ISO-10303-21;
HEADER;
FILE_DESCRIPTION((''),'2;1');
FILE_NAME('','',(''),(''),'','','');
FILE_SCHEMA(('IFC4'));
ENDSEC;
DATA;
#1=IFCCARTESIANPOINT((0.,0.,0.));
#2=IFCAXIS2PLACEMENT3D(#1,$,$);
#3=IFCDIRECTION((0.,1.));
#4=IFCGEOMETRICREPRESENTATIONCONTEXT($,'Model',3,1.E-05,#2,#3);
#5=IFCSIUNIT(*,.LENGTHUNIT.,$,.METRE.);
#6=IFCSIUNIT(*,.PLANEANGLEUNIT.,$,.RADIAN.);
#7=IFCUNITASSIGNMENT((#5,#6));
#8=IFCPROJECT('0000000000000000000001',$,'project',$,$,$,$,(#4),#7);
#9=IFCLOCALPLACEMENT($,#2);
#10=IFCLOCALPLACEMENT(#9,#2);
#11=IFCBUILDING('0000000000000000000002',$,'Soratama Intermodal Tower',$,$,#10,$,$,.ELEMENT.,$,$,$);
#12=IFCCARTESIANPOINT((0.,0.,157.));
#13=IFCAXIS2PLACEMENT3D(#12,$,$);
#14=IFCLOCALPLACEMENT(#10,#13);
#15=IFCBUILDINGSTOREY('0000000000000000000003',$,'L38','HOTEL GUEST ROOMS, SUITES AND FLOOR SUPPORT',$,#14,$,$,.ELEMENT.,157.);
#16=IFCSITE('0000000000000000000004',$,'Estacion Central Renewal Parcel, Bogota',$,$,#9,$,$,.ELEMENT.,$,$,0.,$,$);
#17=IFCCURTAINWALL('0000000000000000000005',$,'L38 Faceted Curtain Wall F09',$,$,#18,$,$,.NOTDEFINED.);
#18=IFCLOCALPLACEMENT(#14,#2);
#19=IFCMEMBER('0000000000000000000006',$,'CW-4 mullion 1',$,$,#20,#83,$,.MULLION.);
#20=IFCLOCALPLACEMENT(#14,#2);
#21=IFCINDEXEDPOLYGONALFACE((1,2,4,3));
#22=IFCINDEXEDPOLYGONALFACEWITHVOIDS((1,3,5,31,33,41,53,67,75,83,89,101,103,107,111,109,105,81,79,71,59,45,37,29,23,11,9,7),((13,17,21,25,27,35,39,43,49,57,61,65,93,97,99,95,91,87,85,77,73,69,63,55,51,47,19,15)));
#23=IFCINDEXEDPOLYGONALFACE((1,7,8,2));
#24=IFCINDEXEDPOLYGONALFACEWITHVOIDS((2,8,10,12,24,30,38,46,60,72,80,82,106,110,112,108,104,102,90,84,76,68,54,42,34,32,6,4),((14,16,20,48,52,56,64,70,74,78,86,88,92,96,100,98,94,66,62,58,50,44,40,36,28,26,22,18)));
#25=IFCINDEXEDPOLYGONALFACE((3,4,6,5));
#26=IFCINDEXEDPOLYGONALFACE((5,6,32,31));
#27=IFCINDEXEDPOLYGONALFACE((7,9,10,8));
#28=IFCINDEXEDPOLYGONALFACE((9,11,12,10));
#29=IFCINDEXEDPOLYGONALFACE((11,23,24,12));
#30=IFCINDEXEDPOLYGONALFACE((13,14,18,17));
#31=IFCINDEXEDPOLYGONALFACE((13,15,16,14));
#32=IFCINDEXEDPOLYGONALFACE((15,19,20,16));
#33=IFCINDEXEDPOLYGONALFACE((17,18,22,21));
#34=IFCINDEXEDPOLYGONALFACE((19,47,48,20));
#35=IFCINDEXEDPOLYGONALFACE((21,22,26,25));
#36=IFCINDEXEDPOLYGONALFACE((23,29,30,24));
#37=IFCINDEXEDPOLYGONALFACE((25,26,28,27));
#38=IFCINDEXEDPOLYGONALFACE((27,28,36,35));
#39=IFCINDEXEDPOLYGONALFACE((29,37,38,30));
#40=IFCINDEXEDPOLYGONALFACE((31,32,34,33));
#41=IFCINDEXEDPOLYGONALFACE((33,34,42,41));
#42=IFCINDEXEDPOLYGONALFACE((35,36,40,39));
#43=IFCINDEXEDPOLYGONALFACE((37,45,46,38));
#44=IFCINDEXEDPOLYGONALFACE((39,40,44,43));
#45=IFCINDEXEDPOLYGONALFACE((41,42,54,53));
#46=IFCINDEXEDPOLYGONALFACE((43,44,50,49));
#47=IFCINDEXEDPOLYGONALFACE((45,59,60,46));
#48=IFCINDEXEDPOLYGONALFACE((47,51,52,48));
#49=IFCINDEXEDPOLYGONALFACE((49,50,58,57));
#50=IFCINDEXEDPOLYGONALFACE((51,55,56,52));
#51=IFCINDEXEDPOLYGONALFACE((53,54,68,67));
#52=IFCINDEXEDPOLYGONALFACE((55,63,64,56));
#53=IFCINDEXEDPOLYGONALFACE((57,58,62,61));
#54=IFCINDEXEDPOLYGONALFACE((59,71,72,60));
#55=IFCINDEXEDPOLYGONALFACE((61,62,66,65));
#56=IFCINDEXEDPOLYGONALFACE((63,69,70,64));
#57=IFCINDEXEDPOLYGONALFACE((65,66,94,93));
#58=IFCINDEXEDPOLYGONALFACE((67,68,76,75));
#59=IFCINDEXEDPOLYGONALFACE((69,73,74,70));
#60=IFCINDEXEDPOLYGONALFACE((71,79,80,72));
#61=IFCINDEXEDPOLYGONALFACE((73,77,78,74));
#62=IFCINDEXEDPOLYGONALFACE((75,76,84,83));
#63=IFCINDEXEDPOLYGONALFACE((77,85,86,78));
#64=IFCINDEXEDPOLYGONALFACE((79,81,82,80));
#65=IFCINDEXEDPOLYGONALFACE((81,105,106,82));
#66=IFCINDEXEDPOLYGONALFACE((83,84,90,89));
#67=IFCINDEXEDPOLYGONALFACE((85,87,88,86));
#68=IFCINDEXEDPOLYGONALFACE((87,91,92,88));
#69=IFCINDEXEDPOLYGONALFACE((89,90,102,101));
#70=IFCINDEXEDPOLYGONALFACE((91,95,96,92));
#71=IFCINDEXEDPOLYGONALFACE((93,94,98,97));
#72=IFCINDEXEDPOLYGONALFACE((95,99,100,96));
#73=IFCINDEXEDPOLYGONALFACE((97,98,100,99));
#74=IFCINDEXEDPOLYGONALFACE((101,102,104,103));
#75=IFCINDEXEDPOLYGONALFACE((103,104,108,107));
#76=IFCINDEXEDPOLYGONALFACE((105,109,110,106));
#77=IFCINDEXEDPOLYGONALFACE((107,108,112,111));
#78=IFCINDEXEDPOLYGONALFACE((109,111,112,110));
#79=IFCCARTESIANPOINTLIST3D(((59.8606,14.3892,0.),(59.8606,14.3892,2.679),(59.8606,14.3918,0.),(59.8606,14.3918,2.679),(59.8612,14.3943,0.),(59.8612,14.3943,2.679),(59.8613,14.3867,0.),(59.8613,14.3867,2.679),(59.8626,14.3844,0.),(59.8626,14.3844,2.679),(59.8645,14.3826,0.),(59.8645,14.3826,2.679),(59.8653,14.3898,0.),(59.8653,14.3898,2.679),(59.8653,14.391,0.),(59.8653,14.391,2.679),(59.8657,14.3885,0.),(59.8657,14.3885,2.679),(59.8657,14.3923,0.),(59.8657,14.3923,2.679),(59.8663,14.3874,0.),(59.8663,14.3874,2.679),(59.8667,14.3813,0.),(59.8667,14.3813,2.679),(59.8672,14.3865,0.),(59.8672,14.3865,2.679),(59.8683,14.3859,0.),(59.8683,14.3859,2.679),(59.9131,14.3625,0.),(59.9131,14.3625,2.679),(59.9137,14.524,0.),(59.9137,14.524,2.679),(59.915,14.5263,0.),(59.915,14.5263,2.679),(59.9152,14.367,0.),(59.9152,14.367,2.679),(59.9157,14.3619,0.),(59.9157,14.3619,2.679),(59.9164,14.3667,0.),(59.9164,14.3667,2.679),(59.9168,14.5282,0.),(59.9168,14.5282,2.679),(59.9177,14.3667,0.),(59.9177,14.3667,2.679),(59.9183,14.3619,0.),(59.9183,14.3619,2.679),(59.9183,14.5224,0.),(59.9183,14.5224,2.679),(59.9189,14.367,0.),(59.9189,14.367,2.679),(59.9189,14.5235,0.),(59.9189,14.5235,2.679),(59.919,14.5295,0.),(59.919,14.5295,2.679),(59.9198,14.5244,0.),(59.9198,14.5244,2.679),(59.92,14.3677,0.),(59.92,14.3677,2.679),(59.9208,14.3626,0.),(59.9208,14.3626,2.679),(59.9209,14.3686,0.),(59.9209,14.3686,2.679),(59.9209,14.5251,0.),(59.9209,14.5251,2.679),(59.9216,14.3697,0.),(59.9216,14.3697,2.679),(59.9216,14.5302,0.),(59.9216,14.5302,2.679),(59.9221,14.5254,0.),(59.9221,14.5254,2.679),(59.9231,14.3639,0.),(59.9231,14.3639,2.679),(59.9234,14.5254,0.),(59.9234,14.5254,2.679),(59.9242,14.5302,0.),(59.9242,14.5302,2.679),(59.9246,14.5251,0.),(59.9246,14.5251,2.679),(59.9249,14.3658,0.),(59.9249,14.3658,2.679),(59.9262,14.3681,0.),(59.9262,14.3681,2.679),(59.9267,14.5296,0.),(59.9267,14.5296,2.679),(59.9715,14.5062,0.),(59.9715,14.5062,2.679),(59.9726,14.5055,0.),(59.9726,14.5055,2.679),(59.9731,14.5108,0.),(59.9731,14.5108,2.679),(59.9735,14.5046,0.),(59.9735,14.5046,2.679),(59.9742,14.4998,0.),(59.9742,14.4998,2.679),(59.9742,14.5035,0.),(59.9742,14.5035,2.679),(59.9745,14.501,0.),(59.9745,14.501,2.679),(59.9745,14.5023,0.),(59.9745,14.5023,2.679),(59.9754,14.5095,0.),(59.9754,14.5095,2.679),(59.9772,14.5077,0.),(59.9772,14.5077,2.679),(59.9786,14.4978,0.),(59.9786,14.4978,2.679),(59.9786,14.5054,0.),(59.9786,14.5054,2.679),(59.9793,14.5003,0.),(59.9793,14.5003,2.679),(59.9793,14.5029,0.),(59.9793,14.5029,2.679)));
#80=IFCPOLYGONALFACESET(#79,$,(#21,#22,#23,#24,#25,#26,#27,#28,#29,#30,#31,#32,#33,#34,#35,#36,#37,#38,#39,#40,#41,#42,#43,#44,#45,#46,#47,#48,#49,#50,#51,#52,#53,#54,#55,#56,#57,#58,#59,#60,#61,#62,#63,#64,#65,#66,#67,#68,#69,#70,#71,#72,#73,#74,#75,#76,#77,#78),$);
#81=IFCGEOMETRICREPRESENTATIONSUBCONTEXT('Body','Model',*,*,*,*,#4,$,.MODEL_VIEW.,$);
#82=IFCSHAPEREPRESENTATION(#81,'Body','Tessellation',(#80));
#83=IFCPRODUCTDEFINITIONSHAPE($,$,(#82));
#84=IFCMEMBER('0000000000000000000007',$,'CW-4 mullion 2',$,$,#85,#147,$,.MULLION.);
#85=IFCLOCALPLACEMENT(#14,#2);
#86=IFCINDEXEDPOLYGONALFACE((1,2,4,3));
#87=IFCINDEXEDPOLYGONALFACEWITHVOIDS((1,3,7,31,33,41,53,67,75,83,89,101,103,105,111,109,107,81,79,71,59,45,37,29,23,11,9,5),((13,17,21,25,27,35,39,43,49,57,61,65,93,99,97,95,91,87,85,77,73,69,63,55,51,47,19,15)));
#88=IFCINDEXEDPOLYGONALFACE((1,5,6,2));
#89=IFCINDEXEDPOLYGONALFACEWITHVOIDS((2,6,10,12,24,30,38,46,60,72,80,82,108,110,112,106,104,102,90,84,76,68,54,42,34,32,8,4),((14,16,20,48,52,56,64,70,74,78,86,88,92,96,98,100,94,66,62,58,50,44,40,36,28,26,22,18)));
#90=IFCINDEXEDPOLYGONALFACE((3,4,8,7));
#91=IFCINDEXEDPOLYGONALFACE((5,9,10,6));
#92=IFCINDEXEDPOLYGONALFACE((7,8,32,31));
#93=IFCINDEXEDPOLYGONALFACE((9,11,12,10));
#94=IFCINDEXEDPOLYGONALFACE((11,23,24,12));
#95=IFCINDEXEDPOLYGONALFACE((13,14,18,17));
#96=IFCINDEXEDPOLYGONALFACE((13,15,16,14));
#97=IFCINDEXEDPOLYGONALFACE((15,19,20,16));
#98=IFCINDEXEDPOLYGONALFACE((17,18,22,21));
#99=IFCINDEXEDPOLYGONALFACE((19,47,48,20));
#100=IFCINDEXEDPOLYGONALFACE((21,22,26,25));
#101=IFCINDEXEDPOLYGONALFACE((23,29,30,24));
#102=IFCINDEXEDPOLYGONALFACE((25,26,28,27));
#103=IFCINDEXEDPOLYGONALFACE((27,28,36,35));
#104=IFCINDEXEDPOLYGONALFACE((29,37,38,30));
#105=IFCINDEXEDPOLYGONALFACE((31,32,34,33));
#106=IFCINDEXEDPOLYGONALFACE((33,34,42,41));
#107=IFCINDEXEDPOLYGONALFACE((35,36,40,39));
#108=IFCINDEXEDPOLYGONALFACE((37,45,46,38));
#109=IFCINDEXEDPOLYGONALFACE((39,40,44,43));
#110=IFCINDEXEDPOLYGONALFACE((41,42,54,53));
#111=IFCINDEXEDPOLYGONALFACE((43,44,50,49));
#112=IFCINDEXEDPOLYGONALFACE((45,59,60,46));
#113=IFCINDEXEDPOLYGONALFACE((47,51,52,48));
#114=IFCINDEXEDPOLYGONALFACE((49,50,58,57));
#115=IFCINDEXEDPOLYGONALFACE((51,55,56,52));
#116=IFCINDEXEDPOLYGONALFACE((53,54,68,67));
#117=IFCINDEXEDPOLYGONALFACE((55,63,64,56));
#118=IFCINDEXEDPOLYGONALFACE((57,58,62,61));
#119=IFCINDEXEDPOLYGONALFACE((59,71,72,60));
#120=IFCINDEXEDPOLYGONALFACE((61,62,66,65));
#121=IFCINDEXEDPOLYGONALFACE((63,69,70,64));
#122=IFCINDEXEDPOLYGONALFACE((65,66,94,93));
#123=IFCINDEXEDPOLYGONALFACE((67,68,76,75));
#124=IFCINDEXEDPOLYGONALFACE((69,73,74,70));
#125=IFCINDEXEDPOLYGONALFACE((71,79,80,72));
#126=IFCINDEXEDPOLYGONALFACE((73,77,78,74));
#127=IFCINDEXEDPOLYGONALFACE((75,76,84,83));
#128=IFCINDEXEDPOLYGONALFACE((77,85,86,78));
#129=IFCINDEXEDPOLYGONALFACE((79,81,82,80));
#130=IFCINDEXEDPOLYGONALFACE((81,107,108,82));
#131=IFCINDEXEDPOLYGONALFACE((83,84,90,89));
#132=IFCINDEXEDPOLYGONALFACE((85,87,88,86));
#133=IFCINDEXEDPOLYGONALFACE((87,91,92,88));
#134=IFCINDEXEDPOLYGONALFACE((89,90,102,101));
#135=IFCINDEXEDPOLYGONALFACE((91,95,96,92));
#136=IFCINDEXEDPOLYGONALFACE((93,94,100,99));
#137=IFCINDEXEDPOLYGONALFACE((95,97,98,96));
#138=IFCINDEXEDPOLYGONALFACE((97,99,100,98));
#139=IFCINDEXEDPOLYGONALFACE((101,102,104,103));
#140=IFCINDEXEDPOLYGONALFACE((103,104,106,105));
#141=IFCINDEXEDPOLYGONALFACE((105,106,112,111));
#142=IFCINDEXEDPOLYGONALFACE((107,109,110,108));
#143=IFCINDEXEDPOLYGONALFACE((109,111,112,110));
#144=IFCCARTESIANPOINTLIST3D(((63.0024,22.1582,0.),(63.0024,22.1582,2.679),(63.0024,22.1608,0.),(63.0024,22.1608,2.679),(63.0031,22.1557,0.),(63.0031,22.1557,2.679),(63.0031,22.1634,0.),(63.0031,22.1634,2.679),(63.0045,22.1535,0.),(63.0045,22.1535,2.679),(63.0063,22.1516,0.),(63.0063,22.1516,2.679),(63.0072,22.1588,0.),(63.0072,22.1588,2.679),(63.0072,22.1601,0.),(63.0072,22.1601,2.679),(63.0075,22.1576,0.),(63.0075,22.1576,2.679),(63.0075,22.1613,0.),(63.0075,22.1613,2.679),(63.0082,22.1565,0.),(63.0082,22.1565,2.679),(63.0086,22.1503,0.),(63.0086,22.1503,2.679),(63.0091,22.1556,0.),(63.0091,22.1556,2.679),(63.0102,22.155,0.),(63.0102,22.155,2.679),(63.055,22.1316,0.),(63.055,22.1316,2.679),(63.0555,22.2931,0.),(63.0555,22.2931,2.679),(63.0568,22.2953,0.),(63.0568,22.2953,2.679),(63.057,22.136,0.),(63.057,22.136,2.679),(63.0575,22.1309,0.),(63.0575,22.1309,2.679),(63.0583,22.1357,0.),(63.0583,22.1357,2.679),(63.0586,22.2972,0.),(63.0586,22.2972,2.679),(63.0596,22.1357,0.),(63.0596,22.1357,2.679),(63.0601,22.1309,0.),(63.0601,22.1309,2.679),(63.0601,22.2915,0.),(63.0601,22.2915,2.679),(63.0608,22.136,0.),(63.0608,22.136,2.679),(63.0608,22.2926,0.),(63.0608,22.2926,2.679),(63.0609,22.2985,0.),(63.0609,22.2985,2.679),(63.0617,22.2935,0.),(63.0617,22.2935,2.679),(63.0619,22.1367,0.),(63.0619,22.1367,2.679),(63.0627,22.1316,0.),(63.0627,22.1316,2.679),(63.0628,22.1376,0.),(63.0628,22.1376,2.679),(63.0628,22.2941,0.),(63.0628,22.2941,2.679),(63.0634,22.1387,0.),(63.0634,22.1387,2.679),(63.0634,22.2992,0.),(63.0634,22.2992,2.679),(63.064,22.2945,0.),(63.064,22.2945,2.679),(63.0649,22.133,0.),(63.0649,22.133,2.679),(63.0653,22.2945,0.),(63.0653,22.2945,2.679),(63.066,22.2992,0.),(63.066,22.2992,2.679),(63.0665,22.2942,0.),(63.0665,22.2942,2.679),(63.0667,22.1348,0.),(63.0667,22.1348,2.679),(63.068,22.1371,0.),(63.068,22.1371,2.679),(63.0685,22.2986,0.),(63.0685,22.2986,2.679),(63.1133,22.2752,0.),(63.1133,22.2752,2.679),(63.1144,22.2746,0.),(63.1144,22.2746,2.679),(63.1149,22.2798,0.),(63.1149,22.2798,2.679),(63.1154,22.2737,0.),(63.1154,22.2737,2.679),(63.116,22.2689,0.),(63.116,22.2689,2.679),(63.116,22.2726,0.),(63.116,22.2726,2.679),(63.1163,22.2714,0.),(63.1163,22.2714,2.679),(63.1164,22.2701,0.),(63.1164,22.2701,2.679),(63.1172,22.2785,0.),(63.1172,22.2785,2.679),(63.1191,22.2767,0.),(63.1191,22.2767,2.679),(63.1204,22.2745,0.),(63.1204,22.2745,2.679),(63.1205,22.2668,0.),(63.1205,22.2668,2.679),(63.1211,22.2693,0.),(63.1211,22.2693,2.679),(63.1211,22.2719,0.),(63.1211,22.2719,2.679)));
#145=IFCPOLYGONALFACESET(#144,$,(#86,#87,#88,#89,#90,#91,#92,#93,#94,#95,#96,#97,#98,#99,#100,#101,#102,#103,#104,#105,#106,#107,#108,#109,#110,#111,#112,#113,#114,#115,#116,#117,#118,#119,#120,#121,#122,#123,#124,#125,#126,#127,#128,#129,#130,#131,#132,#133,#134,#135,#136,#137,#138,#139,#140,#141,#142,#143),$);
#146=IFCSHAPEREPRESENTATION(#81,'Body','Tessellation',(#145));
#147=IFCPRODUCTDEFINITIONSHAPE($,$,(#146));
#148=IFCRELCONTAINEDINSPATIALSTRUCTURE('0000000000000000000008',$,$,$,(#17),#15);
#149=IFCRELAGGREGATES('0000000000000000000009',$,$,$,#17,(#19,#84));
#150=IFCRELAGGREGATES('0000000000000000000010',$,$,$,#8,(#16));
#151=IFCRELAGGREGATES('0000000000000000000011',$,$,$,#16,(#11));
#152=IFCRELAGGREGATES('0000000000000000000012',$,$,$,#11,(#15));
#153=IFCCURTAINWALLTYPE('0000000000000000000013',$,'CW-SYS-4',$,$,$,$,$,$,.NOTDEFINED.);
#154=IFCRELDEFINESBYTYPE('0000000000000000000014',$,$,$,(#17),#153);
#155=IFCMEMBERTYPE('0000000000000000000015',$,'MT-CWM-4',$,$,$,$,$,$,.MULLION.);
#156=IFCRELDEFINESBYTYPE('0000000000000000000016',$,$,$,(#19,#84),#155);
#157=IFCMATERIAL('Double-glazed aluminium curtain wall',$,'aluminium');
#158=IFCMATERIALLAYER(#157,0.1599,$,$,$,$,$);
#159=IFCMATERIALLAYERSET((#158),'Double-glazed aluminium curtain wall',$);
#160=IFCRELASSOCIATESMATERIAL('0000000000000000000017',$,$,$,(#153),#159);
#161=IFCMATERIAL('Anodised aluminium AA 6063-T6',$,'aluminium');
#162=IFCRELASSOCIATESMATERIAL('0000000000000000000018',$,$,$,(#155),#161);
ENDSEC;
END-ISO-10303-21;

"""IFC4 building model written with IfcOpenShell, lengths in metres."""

from ifc_helpers import new_model, si_unit, direction, frame, origin, origin_2d, place, context, subcontext, project, spatial, hollow_rectangle, extrude, material, layer, layer_set, material_profile, profile_set, type_object, element, aggregate, save


model = new_model("IFC4")

# Units and contexts
model_context = context("Model", 3, precision=1e-05, world=origin(), true_north=direction((0.0, 1.0)))
body_context = subcontext(model_context, "Body", "Model", "MODEL_VIEW")
ifc_project = project(units=[si_unit("LENGTHUNIT", "METRE"), si_unit("PLANEANGLEUNIT", "RADIAN")], contexts=[model_context])

# Site, building, storey
site_placement = place(None, origin())
site = spatial("IfcSite", under=ifc_project, at=site_placement, Name="Estacion Central Renewal Parcel, Bogota", CompositionType="ELEMENT", RefElevation=0.0)
building_placement = place(site_placement, origin())
building = spatial("IfcBuilding", under=site, at=building_placement, Name="Soratama Intermodal Tower", CompositionType="ELEMENT")
storey_placement = place(building_placement, frame((0.0, 0.0, 157.0)))
storey = spatial("IfcBuildingStorey", under=building, at=storey_placement, Name="L38", Description="HOTEL GUEST ROOMS, SUITES AND FLOOR SUPPORT", CompositionType="ELEMENT", Elevation=157.0)

# Curtain wall, members
ifc_material_1 = material(Name="Double-glazed aluminium curtain wall", Category="aluminium")
ifc_layer_1 = layer(ifc_material_1, 0.1599)
ifc_layer_set_1 = layer_set([ifc_layer_1], Name="Double-glazed aluminium curtain wall")
curtain_wall_type = type_object("IfcCurtainWallType", Name="CW-SYS-4", PredefinedType="NOTDEFINED", material=ifc_layer_set_1)
curtain_wall_placement = place(storey_placement, origin())
curtain_wall = element("IfcCurtainWall", 1, at=curtain_wall_placement, inside=storey, type_object=curtain_wall_type, Name="L38 Faceted Curtain Wall F09", PredefinedType="NOTDEFINED")
ifc_material_2 = material(Name="Anodised aluminium AA 6063-T6", Category="aluminium")
ifc_material_profile_1 = material_profile(ifc_material_2, hollow_rectangle(XDim=0.0701, YDim=0.1599, WallThickness=0.0049, InnerFilletRadius=0.0049, OuterFilletRadius=0.01, at=origin_2d()), Name="CWM160X70X5")
ifc_profile_set_1 = profile_set([ifc_material_profile_1], Name="Anodised aluminium AA 6063-T6")
member_type_1 = type_object("IfcMemberType", Name="MT-CWM-4", PredefinedType="MULLION", material=ifc_profile_set_1)
member_1_placement = place(storey_placement, frame((59.9199, 14.446, 0.0), z_axis=(0.0, 0.0, 1.0), x_axis=(-0.927056, 0.374924, 0.0)))
member_1 = element("IfcMember", 2, at=member_1_placement, type_object=member_type_1, Name="CW-4 mullion 1", PredefinedType="MULLION", context=body_context, shape_type="SweptSolid", body=[
    extrude(hollow_rectangle(XDim=0.0701, YDim=0.1599, WallThickness=0.0049, InnerFilletRadius=0.0049, OuterFilletRadius=0.01, at=origin_2d()), origin(), (0.0, 0.0, 1.0), 2.679),
])
member_2_placement = place(storey_placement, frame((63.0618, 22.2151, 0.0), z_axis=(0.0, 0.0, 1.0), x_axis=(-0.927056, 0.374924, 0.0)))
member_2 = element("IfcMember", 3, at=member_2_placement, type_object=member_type_1, Name="CW-4 mullion 2", PredefinedType="MULLION", context=body_context, shape_type="SweptSolid", body=[
    extrude(hollow_rectangle(XDim=0.0701, YDim=0.1599, WallThickness=0.0049, InnerFilletRadius=0.0049, OuterFilletRadius=0.01, at=origin_2d()), origin(), (0.0, 0.0, 1.0), 2.679),
])
aggregate(curtain_wall, [member_1, member_2])

save(model, "model.ifc")
